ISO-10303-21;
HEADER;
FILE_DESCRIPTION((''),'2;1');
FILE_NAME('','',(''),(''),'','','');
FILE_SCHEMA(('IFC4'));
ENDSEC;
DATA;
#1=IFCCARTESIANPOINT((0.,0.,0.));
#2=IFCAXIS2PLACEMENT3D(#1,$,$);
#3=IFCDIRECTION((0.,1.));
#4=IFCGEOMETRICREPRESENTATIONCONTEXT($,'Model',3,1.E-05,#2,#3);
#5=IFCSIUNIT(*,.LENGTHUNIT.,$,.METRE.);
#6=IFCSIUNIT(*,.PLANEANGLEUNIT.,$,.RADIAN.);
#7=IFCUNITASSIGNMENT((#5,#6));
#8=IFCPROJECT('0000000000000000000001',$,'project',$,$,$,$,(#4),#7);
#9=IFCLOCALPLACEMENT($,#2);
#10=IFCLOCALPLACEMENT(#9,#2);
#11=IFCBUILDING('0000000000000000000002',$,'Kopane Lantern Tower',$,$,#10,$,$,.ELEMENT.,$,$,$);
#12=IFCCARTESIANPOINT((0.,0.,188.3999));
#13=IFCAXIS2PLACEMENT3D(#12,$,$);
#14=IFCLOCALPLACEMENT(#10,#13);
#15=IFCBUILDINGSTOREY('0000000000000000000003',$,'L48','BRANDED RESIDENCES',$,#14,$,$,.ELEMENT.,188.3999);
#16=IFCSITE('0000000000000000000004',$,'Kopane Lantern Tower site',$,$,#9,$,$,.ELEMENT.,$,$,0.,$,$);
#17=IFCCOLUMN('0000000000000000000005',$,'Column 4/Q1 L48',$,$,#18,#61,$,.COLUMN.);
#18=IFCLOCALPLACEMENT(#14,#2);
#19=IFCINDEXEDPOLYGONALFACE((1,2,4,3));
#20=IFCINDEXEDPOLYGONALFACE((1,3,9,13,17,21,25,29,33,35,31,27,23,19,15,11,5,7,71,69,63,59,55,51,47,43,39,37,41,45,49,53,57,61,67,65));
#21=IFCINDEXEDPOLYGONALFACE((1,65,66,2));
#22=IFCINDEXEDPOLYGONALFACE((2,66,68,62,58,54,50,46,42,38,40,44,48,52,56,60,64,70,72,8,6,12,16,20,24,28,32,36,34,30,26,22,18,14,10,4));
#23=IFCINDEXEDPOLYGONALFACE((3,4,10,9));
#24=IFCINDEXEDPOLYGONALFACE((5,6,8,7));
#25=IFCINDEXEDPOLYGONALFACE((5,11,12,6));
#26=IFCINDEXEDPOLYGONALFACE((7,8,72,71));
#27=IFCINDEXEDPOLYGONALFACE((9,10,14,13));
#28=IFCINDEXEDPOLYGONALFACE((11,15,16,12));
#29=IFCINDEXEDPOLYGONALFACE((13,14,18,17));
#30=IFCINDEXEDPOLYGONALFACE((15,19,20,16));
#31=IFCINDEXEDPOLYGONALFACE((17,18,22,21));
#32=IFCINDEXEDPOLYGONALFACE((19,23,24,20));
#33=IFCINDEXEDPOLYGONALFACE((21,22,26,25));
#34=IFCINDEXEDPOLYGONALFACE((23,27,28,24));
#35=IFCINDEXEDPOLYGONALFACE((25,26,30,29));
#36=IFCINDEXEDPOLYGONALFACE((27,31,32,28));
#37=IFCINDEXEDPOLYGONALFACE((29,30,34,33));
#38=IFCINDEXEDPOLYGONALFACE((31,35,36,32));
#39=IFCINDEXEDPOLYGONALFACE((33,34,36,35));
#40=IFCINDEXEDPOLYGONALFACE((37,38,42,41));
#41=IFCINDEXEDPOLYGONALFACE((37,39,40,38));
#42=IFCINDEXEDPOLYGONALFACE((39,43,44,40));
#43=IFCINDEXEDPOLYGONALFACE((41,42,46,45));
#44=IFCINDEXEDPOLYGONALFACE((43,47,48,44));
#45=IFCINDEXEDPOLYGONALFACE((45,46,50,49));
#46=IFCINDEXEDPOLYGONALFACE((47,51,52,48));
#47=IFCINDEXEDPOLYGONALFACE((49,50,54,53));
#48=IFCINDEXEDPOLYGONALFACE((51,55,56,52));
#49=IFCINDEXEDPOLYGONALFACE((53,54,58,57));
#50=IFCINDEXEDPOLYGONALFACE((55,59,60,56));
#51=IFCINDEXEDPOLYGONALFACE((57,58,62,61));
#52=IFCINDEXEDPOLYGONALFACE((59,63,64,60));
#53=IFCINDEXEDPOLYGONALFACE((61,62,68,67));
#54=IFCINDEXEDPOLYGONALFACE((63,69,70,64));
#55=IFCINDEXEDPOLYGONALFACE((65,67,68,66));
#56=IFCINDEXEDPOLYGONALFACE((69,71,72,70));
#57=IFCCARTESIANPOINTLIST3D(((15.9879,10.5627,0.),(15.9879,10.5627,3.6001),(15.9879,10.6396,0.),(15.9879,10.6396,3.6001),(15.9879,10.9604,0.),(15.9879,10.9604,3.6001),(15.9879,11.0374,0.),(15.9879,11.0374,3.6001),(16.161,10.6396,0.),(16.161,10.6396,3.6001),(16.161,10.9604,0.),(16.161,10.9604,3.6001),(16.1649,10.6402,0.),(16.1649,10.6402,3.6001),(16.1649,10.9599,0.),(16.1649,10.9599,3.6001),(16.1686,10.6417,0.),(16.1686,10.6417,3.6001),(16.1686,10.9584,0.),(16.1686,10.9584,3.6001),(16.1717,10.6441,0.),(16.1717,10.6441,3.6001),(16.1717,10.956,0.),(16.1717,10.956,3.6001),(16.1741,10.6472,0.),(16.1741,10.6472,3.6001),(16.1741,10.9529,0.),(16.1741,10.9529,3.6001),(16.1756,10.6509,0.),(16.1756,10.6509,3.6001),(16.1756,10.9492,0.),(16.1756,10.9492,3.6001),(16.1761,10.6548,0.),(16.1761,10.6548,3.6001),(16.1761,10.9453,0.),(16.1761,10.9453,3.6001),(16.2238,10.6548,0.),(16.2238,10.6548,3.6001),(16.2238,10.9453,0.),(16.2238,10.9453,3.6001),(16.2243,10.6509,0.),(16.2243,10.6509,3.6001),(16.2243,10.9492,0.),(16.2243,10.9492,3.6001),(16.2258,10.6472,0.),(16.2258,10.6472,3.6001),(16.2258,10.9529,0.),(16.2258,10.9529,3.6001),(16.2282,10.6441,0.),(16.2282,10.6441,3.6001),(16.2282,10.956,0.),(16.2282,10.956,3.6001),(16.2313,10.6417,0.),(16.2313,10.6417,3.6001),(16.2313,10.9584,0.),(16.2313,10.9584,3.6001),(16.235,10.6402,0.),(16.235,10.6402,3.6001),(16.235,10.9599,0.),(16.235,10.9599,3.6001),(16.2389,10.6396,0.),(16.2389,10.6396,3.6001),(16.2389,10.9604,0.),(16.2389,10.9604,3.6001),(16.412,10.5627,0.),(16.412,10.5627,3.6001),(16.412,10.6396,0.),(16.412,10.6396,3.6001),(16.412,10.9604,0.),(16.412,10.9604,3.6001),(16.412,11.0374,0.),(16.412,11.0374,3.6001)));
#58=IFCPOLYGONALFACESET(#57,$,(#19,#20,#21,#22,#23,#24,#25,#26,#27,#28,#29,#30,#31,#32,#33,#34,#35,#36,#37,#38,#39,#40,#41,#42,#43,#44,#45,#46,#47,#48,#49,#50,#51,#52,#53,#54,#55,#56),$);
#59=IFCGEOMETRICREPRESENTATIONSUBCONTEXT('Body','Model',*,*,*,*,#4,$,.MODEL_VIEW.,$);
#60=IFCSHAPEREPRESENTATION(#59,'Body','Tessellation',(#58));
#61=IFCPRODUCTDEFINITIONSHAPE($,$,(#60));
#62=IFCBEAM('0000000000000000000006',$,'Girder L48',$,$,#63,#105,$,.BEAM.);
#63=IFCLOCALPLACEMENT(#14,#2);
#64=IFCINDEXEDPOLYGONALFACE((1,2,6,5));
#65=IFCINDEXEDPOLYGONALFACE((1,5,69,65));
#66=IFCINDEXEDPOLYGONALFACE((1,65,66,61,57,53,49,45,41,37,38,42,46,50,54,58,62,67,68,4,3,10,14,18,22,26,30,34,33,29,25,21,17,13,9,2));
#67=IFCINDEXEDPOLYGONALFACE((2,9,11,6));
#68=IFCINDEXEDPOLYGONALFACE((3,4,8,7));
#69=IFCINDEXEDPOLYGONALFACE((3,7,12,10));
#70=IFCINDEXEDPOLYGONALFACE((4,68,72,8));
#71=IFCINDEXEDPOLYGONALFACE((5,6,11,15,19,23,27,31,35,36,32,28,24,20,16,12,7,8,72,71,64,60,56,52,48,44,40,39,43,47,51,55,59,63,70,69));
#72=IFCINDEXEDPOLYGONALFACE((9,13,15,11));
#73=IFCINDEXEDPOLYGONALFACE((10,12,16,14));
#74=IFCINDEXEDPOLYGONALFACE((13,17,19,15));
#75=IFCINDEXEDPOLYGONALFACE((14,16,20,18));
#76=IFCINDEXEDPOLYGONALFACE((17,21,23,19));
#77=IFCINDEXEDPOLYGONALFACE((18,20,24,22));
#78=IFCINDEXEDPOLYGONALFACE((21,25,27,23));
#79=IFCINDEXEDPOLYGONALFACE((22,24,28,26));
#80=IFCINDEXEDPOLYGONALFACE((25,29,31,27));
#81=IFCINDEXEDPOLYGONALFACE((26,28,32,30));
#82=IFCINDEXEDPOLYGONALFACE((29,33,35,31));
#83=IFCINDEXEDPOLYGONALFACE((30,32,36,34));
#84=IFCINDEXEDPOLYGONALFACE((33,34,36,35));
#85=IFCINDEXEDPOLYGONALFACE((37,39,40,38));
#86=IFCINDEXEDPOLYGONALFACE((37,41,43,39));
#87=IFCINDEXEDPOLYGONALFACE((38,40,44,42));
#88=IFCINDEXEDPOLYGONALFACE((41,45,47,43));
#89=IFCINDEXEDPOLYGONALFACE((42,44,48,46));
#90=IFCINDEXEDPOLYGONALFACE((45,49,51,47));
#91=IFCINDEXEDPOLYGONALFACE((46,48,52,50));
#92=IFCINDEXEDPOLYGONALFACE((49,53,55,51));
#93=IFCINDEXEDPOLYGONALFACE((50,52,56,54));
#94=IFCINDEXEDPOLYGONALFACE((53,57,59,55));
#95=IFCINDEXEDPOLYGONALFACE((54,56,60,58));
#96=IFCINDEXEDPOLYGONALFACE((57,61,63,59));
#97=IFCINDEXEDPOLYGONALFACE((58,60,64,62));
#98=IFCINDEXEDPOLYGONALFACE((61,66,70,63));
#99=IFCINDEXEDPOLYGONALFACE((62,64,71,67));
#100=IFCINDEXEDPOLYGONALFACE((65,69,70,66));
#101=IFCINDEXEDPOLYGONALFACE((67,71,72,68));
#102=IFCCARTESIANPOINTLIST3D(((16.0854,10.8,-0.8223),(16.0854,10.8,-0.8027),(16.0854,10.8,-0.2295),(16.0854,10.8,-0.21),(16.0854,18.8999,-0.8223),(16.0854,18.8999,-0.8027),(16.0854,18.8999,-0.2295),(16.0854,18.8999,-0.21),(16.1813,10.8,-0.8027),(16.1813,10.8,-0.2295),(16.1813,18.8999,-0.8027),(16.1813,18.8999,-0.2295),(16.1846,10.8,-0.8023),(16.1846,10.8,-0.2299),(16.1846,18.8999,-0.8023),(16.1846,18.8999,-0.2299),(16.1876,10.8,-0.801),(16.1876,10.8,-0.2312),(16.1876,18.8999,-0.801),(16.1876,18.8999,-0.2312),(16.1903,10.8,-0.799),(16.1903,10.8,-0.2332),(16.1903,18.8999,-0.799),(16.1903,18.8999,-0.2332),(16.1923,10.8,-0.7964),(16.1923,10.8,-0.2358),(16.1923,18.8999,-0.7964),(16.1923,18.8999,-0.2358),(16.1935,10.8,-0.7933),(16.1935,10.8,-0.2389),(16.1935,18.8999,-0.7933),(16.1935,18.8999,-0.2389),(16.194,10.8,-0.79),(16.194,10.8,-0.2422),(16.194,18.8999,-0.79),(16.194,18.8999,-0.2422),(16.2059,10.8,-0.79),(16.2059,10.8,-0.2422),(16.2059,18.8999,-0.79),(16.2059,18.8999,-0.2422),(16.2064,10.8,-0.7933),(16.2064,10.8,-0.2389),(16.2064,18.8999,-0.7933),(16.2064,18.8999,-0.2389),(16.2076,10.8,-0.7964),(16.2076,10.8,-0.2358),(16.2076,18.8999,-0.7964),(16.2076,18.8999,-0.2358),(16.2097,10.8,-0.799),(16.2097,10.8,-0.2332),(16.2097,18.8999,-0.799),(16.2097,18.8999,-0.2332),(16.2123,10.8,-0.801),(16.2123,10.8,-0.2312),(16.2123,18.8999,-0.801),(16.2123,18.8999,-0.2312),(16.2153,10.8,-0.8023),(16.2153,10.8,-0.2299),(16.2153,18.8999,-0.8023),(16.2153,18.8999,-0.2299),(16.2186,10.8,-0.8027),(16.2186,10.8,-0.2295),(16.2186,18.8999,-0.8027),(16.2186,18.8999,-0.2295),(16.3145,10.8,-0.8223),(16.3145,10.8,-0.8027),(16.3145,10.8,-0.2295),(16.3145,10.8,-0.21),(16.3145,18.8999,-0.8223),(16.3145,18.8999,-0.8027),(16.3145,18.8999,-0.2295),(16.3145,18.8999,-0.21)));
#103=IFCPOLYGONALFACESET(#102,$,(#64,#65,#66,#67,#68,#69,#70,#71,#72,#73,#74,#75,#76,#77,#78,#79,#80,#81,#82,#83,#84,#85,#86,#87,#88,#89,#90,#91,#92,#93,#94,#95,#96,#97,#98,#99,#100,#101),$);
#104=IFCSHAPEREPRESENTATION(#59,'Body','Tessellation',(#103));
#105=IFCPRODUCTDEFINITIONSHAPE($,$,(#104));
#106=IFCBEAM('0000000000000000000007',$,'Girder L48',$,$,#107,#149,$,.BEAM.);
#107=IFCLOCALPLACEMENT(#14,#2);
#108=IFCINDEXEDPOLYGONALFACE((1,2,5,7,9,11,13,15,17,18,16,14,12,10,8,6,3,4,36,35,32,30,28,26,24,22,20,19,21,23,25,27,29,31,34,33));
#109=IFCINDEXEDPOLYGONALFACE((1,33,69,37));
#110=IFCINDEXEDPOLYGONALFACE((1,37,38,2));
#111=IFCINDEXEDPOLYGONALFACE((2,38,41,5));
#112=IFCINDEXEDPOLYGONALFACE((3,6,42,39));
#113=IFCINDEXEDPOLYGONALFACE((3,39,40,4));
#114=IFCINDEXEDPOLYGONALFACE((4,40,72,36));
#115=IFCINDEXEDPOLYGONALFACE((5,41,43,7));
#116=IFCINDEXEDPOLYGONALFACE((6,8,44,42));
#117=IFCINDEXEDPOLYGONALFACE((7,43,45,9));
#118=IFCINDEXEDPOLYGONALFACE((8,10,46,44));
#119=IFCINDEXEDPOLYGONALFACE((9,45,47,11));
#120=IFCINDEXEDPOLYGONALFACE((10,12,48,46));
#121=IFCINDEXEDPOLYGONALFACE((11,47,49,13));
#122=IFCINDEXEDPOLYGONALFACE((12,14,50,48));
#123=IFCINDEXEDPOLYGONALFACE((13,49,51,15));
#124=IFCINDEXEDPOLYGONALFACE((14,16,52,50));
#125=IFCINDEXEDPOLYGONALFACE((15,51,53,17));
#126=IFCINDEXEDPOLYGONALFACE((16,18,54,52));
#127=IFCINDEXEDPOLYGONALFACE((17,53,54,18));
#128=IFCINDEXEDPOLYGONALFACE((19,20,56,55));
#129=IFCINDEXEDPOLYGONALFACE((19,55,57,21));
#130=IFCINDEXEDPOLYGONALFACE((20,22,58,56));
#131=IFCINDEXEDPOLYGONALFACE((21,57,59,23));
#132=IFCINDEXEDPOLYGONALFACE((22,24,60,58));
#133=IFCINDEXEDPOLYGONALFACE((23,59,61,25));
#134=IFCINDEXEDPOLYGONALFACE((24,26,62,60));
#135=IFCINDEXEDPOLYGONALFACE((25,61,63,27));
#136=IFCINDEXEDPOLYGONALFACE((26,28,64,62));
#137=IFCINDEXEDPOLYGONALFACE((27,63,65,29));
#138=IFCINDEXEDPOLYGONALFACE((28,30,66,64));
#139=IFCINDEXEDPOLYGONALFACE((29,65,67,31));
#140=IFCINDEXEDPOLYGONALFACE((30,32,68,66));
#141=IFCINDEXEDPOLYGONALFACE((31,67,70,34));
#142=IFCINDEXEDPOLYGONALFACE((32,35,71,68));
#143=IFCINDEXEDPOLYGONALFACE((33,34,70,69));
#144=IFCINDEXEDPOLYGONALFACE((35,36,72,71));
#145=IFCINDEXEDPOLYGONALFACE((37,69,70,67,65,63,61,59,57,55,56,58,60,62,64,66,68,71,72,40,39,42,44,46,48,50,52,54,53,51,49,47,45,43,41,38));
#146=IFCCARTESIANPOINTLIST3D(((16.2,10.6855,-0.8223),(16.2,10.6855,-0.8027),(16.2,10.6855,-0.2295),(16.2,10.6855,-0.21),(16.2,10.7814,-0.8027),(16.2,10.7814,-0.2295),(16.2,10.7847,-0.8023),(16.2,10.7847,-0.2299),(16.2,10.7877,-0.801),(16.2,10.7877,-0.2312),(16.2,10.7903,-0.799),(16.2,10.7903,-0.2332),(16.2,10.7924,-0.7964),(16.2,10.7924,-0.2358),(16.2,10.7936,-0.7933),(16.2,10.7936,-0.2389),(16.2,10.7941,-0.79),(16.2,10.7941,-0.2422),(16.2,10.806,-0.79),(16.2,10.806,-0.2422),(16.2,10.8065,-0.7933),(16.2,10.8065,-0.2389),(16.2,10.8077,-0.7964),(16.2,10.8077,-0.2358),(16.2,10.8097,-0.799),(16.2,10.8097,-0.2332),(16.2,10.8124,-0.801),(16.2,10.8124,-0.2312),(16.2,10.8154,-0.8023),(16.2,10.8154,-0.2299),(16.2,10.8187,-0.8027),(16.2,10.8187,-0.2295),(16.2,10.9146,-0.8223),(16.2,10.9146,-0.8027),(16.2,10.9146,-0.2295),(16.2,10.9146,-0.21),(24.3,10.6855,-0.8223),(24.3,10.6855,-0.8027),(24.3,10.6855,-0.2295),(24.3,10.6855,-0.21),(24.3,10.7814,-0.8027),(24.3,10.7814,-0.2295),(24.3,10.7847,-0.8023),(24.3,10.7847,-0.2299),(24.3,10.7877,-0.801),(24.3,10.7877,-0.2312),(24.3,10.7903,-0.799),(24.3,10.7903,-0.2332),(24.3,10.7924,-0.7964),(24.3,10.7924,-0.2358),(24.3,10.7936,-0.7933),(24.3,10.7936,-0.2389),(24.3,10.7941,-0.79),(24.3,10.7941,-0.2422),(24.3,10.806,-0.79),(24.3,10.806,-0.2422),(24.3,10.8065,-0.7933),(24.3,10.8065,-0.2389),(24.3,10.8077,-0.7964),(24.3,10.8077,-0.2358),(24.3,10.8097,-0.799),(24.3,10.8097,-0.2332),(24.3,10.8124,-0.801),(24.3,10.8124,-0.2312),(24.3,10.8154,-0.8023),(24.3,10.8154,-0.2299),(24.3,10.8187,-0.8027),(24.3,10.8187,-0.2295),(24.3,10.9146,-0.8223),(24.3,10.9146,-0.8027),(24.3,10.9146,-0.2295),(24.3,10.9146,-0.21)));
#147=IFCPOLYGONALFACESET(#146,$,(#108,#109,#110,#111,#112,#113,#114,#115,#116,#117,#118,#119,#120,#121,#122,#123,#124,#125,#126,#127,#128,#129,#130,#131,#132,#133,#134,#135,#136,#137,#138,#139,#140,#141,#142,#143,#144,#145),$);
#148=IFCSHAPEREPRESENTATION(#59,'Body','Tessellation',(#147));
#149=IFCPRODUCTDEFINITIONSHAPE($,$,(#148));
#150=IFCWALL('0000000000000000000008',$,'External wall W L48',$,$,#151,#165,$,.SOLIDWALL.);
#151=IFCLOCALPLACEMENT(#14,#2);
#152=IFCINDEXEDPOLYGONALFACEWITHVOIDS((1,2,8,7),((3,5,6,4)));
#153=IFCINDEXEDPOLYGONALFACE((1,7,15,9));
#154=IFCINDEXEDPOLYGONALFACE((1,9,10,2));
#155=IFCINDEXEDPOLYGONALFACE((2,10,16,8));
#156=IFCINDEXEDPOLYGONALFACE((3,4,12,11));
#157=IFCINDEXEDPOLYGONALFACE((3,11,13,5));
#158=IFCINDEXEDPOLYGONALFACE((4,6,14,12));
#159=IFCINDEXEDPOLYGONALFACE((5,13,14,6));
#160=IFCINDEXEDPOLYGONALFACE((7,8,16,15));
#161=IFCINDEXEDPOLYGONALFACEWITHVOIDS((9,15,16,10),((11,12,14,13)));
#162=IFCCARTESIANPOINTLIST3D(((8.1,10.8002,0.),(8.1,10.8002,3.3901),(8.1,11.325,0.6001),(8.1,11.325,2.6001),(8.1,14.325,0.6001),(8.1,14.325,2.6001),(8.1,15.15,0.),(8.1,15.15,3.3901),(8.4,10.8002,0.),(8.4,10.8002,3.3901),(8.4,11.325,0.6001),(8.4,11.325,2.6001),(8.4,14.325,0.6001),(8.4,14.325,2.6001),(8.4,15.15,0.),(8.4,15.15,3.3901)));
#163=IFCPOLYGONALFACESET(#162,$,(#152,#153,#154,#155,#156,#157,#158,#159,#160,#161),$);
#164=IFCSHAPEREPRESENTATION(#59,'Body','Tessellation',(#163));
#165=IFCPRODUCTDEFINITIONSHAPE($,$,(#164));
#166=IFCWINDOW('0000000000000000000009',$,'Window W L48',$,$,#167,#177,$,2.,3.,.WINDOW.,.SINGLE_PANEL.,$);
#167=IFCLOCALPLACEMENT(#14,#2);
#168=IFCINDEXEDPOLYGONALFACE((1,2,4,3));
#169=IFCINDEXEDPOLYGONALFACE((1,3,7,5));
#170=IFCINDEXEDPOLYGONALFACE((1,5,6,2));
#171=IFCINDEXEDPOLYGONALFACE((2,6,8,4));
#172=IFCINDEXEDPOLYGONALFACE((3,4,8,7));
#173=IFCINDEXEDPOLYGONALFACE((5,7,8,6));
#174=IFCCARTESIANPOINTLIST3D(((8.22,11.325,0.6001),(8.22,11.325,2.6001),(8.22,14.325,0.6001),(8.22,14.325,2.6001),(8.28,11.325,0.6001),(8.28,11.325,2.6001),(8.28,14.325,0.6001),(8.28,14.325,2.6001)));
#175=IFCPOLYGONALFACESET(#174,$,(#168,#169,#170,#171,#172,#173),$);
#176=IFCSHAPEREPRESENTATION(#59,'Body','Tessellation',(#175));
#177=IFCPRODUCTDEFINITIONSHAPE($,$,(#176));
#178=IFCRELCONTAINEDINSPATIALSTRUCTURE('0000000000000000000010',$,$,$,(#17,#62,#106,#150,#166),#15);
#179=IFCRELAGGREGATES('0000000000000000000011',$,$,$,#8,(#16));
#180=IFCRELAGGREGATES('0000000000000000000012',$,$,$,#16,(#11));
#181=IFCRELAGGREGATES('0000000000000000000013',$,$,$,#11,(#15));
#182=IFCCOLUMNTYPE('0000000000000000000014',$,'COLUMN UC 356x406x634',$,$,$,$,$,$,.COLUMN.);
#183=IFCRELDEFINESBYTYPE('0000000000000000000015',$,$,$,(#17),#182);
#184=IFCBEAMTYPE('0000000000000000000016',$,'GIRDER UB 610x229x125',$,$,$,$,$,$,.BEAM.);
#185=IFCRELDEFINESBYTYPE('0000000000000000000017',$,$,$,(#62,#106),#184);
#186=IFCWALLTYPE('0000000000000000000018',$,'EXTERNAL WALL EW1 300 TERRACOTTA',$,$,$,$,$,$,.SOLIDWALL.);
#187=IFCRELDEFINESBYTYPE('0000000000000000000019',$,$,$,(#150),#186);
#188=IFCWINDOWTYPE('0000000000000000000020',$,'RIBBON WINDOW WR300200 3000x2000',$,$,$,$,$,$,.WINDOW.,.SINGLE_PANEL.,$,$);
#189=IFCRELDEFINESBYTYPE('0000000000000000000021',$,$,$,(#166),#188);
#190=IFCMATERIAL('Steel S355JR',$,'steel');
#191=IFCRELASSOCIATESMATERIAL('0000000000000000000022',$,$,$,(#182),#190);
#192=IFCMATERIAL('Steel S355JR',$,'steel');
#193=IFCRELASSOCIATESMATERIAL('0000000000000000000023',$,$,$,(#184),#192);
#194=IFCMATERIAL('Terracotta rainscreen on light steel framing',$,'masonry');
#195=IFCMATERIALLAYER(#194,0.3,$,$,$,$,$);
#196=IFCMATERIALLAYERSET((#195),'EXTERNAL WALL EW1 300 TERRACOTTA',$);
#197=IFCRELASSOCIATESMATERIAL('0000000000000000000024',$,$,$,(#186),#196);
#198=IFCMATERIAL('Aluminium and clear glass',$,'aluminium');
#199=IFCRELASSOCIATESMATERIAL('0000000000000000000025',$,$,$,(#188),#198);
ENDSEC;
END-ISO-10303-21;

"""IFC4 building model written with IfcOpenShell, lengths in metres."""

from ifc_helpers import new_model, si_unit, direction, frame, frame_2d, origin, origin_2d, place, context, subcontext, project, spatial, rectangle, i_section, extrude, material, layer, layer_set, material_profile, profile_set, type_object, element, fill, save


model = new_model("IFC4")

# Units and contexts
model_context = context("Model", 3, precision=1e-05, world=origin(), true_north=direction((0.0, 1.0)))
body_context = subcontext(model_context, "Body", "Model", "MODEL_VIEW")
ifc_project = project(units=[si_unit("LENGTHUNIT", "METRE"), si_unit("PLANEANGLEUNIT", "RADIAN")], contexts=[model_context])

# Site, building, storey
site_placement = place(None, origin())
site = spatial("IfcSite", under=ifc_project, at=site_placement, Name="Kopane Lantern Tower site", CompositionType="ELEMENT", RefElevation=0.0)
building_placement = place(site_placement, origin())
building = spatial("IfcBuilding", under=site, at=building_placement, Name="Kopane Lantern Tower", CompositionType="ELEMENT")
storey_placement = place(building_placement, frame((0.0, 0.0, 188.3999)))
storey = spatial("IfcBuildingStorey", under=building, at=storey_placement, Name="L48", Description="BRANDED RESIDENCES", CompositionType="ELEMENT", Elevation=188.3999)

# Column
ifc_material_1 = material(Name="Steel S355JR", Category="steel")
ifc_material_profile_1 = material_profile(ifc_material_1, i_section(OverallWidth=0.4241, OverallDepth=0.4746, WebThickness=0.0476, FlangeThickness=0.0769, FilletRadius=0.0151, at=origin_2d()), Name="UC 356x406x634")
ifc_profile_set_1 = profile_set([ifc_material_profile_1], Name="Steel S355JR")
column_type = type_object("IfcColumnType", Name="COLUMN UC 356x406x634", PredefinedType="COLUMN", material=ifc_profile_set_1)
column_placement = place(storey_placement, frame((16.2, 10.8, 0.0), z_axis=(0.0, 0.0, 1.0), x_axis=(1.0, 0.0, 0.0)))
element("IfcColumn", 1, at=column_placement, inside=storey, type_object=column_type, Name="Column 4/Q1 L48", PredefinedType="COLUMN", context=body_context, shape_type="SweptSolid", body=[
    extrude(i_section(OverallWidth=0.4241, OverallDepth=0.4746, WebThickness=0.0476, FlangeThickness=0.0769, FilletRadius=0.0151, at=origin_2d()), origin(), (0.0, 0.0, 1.0), 3.6001),
])

# Beams
ifc_material_2 = material(Name="Steel S355JR", Category="steel")
ifc_material_profile_2 = material_profile(ifc_material_2, i_section(OverallWidth=0.229, OverallDepth=0.6123, WebThickness=0.012, FlangeThickness=0.0195, FilletRadius=0.0127, at=origin_2d()), Name="UB 610x229x125")
ifc_profile_set_2 = profile_set([ifc_material_profile_2], Name="Steel S355JR")
beam_type = type_object("IfcBeamType", Name="GIRDER UB 610x229x125", PredefinedType="BEAM", material=ifc_profile_set_2)
beam_1_placement = place(storey_placement, frame((16.2, 10.8, -0.5161), z_axis=(0.0, 1.0, 0.0), x_axis=(-1.0, 0.0, 0.0)))
element("IfcBeam", 2, at=beam_1_placement, inside=storey, type_object=beam_type, Name="Girder L48", PredefinedType="BEAM", context=body_context, shape_type="SweptSolid", body=[
    extrude(i_section(OverallWidth=0.229, OverallDepth=0.6123, WebThickness=0.012, FlangeThickness=0.0195, FilletRadius=0.0127, at=origin_2d()), origin(), (0.0, 0.0, 1.0), 8.0999),
])
beam_2_placement = place(storey_placement, frame((16.2, 10.8, -0.5161), z_axis=(1.0, 0.0, 0.0), x_axis=(0.0, 1.0, 0.0)))
element("IfcBeam", 3, at=beam_2_placement, inside=storey, type_object=beam_type, Name="Girder L48", PredefinedType="BEAM", context=body_context, shape_type="SweptSolid", body=[
    extrude(i_section(OverallWidth=0.229, OverallDepth=0.6123, WebThickness=0.012, FlangeThickness=0.0195, FilletRadius=0.0127, at=origin_2d()), origin(), (0.0, 0.0, 1.0), 8.1001),
])

# Shared definitions
ifc_material_3 = material(Name="Terracotta rainscreen on light steel framing", Category="masonry")
ifc_layer = layer(ifc_material_3, 0.3)
ifc_layer_set = layer_set([ifc_layer], Name="EXTERNAL WALL EW1 300 TERRACOTTA")
wall_type = type_object("IfcWallType", Name="EXTERNAL WALL EW1 300 TERRACOTTA", PredefinedType="SOLIDWALL", material=ifc_layer_set)

# Wall, opening, window
wall_1_placement = place(storey_placement, frame((8.25, 15.1499, 0.0), z_axis=(0.0, 0.0, 1.0), x_axis=(0.0, -1.0, 0.0)))
wall_1 = element("IfcWall", 4, at=wall_1_placement, inside=storey, type_object=wall_type, Name="External wall W L48", PredefinedType="SOLIDWALL", context=body_context, shape_type="SweptSolid", body=[
    extrude(rectangle(XDim=4.3499, YDim=0.3, at=frame_2d((2.1748, 0.0))), origin(), (0.0, 0.0, 1.0), 3.3901),
])
opening_1_placement = place(wall_1_placement, frame((0.825, 0.0, 0.6001)))
opening_1 = element("IfcOpeningElement", 5, at=opening_1_placement, cuts=wall_1, PredefinedType="OPENING", context=body_context, shape_type="SweptSolid", body=[
    extrude(rectangle(XDim=3.0, YDim=2.0, at=frame_2d((1.5, 1.0))), frame((0.0, 0.1599, 0.0), z_axis=(0.0, -1.0, 0.0), x_axis=(1.0, 0.0, 0.0)), (0.0, 0.0, 1.0), 0.3201),
])
ifc_material_4 = material(Name="Aluminium and clear glass", Category="aluminium")
window_type_1 = type_object("IfcWindowType", Name="RIBBON WINDOW WR300200 3000x2000", PartitioningType="SINGLE_PANEL", PredefinedType="WINDOW", material=ifc_material_4)
window_1_placement = place(opening_1_placement, origin())
window_1 = element("IfcWindow", 6, at=window_1_placement, inside=storey, type_object=window_type_1, Name="Window W L48", OverallHeight=2.0, OverallWidth=3.0, PartitioningType="SINGLE_PANEL", PredefinedType="WINDOW", context=body_context, shape_type="SweptSolid", body=[
    extrude(rectangle(XDim=3.0, YDim=2.0, at=frame_2d((1.5, 1.0))), frame((0.0, 0.03, 0.0), z_axis=(0.0, -1.0, 0.0), x_axis=(1.0, 0.0, 0.0)), (0.0, 0.0, 1.0), 0.0601),
])
fill(opening_1, window_1)

save(model, "model.ifc")
